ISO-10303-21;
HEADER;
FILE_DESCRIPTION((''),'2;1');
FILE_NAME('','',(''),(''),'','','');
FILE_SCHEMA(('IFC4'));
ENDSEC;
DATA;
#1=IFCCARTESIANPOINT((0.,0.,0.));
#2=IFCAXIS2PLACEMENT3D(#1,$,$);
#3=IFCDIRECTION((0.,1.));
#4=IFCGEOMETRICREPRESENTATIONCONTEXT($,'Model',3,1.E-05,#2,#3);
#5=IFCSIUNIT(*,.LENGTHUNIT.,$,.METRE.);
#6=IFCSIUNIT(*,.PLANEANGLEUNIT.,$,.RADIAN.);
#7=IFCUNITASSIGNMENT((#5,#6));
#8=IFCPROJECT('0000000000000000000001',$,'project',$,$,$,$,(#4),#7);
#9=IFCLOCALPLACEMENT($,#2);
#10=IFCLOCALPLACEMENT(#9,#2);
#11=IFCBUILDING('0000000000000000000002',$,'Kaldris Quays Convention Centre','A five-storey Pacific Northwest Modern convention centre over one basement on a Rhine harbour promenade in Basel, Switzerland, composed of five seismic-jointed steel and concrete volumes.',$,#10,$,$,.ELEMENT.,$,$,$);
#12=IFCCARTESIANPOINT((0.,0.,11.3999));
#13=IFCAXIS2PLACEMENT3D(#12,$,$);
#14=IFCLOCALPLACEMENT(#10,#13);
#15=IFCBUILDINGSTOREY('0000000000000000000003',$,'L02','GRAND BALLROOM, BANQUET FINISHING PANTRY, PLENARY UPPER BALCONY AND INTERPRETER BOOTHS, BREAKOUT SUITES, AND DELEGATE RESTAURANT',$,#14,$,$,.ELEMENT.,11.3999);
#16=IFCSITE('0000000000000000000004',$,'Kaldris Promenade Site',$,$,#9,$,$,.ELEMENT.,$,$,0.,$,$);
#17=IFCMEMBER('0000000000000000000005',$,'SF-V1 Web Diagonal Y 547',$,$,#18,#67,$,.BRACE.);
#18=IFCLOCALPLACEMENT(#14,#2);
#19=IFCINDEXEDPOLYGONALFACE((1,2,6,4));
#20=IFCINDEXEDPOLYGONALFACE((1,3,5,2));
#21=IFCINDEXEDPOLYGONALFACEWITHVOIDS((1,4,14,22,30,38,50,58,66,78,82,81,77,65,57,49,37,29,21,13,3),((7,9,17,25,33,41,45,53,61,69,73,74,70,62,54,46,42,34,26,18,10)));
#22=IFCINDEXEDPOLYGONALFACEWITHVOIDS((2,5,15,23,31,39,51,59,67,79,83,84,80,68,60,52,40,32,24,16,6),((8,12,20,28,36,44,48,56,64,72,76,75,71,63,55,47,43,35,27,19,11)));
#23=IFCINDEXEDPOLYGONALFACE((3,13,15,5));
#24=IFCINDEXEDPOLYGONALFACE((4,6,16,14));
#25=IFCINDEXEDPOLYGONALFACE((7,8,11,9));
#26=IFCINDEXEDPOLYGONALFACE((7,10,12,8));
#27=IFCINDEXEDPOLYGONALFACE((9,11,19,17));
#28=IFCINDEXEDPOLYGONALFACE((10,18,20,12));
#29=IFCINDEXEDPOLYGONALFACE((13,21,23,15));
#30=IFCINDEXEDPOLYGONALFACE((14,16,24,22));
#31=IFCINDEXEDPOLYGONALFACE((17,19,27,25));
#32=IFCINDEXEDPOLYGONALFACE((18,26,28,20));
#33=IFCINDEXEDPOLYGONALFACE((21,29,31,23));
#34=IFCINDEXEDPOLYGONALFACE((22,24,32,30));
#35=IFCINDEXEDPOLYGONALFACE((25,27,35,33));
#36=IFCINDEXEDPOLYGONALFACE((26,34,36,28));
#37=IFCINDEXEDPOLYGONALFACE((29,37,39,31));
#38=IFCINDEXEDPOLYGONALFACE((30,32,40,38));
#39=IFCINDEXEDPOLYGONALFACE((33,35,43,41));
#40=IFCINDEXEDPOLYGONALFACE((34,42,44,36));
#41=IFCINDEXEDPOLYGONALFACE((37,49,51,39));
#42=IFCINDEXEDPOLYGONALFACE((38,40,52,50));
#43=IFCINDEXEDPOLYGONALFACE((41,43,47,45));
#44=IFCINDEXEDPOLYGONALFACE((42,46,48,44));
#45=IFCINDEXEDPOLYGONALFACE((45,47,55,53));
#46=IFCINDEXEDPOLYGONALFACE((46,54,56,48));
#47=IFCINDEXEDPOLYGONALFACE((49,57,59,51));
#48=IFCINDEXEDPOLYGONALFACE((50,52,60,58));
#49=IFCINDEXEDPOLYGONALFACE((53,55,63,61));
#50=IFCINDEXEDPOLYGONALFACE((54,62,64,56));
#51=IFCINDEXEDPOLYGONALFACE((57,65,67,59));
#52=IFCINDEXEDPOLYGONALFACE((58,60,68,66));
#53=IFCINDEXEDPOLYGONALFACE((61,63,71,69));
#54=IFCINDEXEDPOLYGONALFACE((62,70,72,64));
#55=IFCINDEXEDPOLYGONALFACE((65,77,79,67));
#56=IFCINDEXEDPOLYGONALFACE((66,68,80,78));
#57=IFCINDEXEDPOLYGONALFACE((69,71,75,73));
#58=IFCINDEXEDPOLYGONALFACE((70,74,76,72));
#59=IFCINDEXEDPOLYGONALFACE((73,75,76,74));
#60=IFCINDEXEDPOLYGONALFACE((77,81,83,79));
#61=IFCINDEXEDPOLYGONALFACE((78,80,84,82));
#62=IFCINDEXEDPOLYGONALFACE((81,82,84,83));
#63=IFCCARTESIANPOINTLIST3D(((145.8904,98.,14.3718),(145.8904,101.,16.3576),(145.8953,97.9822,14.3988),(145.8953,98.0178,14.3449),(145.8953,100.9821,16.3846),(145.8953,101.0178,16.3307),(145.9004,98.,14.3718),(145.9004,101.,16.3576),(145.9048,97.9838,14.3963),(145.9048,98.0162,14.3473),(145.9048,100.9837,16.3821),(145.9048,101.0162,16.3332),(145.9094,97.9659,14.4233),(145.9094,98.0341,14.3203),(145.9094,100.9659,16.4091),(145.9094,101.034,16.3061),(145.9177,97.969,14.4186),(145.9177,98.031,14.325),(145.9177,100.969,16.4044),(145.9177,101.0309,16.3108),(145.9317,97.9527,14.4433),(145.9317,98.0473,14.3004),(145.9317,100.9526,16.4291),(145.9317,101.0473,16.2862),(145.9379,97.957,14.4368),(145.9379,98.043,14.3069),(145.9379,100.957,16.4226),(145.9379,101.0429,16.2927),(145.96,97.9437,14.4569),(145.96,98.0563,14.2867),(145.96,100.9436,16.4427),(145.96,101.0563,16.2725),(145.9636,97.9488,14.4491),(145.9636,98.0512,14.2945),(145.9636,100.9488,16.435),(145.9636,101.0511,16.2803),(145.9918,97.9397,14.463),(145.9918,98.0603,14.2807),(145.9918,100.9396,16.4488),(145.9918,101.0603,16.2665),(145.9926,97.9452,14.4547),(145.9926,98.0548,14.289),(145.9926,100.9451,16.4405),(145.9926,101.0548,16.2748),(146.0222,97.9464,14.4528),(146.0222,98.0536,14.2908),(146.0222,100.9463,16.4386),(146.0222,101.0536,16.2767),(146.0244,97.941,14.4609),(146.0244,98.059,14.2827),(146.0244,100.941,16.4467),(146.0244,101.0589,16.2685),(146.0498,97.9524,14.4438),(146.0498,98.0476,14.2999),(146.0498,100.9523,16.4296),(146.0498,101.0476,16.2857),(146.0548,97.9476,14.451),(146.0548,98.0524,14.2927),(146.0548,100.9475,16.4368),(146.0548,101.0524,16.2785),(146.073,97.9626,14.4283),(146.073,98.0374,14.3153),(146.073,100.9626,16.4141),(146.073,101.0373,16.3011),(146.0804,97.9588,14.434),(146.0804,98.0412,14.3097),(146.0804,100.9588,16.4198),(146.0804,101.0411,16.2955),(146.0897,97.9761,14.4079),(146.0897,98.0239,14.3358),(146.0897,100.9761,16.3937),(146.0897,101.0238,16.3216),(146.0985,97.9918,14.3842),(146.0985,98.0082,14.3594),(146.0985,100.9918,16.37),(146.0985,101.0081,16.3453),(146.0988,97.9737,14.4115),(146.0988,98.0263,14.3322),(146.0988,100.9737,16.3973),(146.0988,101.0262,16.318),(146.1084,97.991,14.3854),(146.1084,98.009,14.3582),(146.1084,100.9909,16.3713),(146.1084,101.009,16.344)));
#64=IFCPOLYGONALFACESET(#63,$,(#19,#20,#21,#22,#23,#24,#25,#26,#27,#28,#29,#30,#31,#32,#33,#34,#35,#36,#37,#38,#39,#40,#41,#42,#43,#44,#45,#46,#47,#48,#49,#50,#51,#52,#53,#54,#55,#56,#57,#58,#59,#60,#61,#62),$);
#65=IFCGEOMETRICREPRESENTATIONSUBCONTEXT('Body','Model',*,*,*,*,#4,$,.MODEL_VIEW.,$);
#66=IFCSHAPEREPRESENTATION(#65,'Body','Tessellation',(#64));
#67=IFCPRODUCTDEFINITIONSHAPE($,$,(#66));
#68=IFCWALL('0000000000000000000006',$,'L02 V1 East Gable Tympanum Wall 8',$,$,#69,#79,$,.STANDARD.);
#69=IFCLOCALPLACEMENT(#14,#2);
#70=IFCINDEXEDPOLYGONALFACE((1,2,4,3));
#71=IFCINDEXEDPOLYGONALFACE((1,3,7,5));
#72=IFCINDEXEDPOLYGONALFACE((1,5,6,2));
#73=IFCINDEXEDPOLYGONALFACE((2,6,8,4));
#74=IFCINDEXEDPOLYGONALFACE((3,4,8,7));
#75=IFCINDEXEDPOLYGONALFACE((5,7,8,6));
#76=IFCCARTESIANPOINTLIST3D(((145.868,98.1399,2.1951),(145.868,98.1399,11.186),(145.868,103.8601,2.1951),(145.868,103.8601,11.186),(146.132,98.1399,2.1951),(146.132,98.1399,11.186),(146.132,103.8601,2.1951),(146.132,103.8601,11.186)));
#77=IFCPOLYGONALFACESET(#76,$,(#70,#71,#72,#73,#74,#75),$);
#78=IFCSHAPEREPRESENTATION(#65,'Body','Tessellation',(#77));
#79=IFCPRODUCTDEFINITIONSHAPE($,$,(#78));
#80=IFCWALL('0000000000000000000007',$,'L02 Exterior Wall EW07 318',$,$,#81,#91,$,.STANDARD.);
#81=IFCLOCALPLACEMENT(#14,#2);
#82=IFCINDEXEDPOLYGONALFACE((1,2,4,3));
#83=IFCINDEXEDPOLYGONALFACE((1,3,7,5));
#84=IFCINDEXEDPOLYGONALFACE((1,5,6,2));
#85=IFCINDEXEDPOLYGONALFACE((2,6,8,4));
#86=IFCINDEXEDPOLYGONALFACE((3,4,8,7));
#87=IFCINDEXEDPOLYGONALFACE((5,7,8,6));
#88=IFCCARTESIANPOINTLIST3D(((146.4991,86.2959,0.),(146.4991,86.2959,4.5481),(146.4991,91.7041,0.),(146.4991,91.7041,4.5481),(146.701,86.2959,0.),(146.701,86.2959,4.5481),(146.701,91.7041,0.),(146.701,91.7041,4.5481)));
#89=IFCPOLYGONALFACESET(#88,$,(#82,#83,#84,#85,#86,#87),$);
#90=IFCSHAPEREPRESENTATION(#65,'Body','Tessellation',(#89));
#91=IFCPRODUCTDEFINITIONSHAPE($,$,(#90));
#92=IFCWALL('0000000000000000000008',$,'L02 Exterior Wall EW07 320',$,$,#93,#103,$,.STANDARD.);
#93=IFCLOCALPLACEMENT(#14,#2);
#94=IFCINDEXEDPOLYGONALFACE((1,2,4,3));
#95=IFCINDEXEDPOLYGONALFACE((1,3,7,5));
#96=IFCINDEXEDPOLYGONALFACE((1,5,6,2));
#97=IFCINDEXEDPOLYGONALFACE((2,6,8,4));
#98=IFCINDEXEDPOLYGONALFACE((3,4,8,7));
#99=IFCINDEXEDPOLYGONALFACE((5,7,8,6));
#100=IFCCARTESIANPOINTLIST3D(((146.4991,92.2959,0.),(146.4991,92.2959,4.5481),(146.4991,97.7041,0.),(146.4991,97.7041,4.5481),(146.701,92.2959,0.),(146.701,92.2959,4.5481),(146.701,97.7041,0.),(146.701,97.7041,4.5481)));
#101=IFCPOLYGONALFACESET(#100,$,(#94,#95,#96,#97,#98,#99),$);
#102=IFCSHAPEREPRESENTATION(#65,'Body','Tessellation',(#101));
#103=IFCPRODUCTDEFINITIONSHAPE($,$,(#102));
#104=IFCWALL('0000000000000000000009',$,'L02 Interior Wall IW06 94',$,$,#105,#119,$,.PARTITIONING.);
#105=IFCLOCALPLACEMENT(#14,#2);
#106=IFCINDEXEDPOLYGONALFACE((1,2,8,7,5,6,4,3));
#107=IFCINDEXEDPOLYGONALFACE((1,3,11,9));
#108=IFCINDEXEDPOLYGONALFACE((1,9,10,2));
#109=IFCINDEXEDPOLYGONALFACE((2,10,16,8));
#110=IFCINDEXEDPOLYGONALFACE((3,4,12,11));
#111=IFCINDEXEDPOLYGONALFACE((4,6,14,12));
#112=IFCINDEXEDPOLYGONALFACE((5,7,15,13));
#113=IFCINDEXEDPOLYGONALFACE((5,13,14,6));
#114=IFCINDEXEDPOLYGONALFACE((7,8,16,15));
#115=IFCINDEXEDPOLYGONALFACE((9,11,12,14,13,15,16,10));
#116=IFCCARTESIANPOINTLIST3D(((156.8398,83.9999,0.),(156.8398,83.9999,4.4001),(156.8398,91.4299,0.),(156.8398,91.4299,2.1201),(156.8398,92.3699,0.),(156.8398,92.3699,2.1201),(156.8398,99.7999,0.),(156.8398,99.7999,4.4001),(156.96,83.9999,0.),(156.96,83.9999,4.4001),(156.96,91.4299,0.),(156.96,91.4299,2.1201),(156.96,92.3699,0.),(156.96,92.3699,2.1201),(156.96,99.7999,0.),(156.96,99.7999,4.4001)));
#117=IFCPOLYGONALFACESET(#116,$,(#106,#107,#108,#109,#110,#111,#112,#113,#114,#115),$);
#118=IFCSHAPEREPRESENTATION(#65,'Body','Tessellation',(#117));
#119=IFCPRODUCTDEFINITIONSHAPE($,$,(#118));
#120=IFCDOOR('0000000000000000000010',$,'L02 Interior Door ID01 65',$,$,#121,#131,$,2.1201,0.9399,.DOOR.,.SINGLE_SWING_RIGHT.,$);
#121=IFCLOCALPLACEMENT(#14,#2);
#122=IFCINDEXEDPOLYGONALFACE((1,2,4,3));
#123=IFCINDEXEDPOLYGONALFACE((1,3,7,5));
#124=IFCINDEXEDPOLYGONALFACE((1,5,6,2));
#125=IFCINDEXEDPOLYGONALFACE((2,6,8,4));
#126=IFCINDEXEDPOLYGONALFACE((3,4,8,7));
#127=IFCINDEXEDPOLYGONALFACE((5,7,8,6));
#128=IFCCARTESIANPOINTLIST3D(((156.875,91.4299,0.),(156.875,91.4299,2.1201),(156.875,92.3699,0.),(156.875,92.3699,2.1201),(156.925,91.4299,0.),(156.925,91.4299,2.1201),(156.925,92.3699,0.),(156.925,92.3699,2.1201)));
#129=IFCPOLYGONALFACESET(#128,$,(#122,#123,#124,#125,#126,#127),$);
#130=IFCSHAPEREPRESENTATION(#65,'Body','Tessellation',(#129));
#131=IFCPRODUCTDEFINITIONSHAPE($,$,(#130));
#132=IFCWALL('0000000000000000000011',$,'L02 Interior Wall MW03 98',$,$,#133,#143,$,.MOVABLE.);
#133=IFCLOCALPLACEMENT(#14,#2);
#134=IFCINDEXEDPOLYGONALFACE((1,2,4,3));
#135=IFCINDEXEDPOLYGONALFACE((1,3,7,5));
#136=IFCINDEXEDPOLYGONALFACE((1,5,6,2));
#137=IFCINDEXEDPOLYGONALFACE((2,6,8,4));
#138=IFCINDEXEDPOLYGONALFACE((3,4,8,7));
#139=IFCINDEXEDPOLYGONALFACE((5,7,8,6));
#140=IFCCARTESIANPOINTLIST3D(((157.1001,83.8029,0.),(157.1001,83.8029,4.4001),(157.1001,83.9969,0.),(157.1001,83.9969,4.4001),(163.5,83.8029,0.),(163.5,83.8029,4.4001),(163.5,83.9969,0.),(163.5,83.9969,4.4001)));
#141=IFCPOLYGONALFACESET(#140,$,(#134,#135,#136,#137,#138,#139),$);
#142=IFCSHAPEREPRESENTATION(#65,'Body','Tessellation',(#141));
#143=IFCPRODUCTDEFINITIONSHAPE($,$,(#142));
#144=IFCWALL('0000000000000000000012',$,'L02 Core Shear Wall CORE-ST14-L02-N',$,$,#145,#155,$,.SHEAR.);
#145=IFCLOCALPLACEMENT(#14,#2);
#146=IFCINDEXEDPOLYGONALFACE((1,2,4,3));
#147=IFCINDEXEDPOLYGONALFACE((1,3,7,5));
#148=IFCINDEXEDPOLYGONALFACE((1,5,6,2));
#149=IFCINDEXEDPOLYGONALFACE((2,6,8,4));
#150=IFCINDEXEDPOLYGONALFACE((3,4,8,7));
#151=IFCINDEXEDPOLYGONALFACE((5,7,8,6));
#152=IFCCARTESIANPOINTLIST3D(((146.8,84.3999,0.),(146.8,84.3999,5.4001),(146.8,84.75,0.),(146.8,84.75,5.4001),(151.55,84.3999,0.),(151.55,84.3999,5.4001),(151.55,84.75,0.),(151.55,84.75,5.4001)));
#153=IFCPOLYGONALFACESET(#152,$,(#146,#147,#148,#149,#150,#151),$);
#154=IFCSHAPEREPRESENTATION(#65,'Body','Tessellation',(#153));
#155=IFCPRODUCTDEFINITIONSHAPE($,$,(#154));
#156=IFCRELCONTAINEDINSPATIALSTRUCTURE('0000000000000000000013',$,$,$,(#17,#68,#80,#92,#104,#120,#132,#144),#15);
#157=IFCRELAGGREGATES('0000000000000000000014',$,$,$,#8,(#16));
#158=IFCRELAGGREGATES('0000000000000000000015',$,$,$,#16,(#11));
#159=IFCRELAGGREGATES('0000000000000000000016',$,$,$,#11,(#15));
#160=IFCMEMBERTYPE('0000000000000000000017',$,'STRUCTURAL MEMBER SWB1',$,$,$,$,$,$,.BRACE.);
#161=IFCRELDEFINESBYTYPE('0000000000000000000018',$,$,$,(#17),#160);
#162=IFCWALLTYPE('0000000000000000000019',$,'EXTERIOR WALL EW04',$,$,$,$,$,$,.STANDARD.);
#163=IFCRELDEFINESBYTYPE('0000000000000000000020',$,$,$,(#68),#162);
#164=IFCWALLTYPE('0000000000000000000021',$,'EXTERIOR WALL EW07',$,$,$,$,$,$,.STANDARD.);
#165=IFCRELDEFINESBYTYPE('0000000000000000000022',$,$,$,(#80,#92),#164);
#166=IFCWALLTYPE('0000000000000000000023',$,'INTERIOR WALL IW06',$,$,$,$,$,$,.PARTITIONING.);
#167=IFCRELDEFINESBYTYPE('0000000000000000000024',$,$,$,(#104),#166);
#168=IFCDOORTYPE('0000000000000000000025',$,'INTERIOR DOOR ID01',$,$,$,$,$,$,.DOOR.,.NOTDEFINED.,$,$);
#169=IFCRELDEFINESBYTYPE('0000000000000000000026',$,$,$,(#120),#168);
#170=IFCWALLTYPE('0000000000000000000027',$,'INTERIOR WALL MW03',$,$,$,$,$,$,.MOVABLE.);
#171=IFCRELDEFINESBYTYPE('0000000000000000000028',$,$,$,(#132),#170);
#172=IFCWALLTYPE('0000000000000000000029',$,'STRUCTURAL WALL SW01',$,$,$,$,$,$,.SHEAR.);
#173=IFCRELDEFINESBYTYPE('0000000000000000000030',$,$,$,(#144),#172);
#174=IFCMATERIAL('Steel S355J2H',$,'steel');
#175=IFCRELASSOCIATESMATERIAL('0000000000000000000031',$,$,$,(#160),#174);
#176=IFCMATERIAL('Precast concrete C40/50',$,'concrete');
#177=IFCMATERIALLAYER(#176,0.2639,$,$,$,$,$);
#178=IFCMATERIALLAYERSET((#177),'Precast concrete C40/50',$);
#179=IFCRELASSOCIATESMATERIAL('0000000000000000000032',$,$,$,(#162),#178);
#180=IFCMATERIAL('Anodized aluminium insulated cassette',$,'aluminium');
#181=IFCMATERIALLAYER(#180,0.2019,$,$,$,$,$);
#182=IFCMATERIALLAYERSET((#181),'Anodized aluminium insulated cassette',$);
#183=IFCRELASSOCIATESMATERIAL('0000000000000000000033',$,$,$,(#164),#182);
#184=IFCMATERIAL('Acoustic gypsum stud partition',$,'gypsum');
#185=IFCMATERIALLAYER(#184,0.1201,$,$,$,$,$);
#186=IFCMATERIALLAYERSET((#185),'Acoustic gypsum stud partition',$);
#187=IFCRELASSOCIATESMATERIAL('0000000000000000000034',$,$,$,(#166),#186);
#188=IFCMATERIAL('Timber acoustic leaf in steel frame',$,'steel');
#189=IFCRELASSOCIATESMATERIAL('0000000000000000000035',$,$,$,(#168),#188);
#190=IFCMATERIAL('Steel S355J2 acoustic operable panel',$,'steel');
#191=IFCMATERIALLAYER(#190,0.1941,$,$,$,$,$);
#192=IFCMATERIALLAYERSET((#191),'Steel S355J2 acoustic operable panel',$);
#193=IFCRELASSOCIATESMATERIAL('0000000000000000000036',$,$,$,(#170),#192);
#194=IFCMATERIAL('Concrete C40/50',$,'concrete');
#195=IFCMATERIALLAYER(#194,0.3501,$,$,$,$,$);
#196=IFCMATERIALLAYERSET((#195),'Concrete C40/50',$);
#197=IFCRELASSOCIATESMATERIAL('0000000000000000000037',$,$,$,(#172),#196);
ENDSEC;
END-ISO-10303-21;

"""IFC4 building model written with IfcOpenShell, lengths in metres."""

from ifc_helpers import new_model, si_unit, direction, frame, frame_2d, origin, origin_2d, place, context, subcontext, project, spatial, rectangle, hollow_circle, extrude, material, layer, layer_set, material_profile, profile_set, type_object, element, fill, save


model = new_model("IFC4")

# Units and contexts
model_context = context("Model", 3, precision=1e-05, world=origin(), true_north=direction((0.0, 1.0)))
body_context = subcontext(model_context, "Body", "Model", "MODEL_VIEW")
ifc_project = project(units=[si_unit("LENGTHUNIT", "METRE"), si_unit("PLANEANGLEUNIT", "RADIAN")], contexts=[model_context])

# Site, building, storey
site_placement = place(None, origin())
site = spatial("IfcSite", under=ifc_project, at=site_placement, Name="Kaldris Promenade Site", CompositionType="ELEMENT", RefElevation=0.0)
building_placement = place(site_placement, origin())
building = spatial("IfcBuilding", under=site, at=building_placement, Name="Kaldris Quays Convention Centre", Description="A five-storey Pacific Northwest Modern convention centre over one basement on a Rhine harbour promenade in Basel, Switzerland, composed of five seismic-jointed steel and concrete volumes.", CompositionType="ELEMENT")
storey_placement = place(building_placement, frame((0.0, 0.0, 11.3999)))
storey = spatial("IfcBuildingStorey", under=building, at=storey_placement, Name="L02", Description="GRAND BALLROOM, BANQUET FINISHING PANTRY, PLENARY UPPER BALCONY AND INTERPRETER BOOTHS, BREAKOUT SUITES, AND DELEGATE RESTAURANT", CompositionType="ELEMENT", Elevation=11.3999)

# Member
ifc_material_1 = material(Name="Steel S355J2H", Category="steel")
ifc_material_profile_1 = material_profile(ifc_material_1, hollow_circle(Radius=0.1096, WallThickness=0.01, at=origin_2d()), Name="CHS 219.1x10")
ifc_profile_set_1 = profile_set([ifc_material_profile_1], Name="Steel S355J2H")
member_type_1 = type_object("IfcMemberType", Name="STRUCTURAL MEMBER SWB1", PredefinedType="BRACE", material=ifc_profile_set_1)
member_1_placement = place(storey_placement, frame((146.0, 98.0, 14.3718), z_axis=(0.0, 0.833862, 0.551972), x_axis=(-1.0, 0.0, 0.0)))
element("IfcMember", 1, at=member_1_placement, inside=storey, type_object=member_type_1, Name="SF-V1 Web Diagonal Y 547", PredefinedType="BRACE", context=body_context, shape_type="SweptSolid", body=[
    extrude(hollow_circle(Radius=0.1096, WallThickness=0.01, at=origin_2d()), origin(), (0.0, 0.0, 1.0), 3.5977),
])

# Walls
ifc_material_2 = material(Name="Precast concrete C40/50", Category="concrete")
ifc_layer_1 = layer(ifc_material_2, 0.2639)
ifc_layer_set_1 = layer_set([ifc_layer_1], Name="Precast concrete C40/50")
wall_type_1 = type_object("IfcWallType", Name="EXTERIOR WALL EW04", PredefinedType="STANDARD", material=ifc_layer_set_1)
wall_1_placement = place(storey_placement, frame((146.0, 98.1399, 2.1951), z_axis=(0.0, 0.0, 1.0), x_axis=(0.0, 1.0, 0.0)))
element("IfcWall", 2, at=wall_1_placement, inside=storey, type_object=wall_type_1, Name="L02 V1 East Gable Tympanum Wall 8", PredefinedType="STANDARD", context=body_context, shape_type="SweptSolid", body=[
    extrude(rectangle(XDim=5.7202, YDim=0.2639, at=frame_2d((2.8601, 0.0))), origin(), (0.0, 0.0, 1.0), 8.991),
])
ifc_material_3 = material(Name="Anodized aluminium insulated cassette", Category="aluminium")
ifc_layer_2 = layer(ifc_material_3, 0.2019)
ifc_layer_set_2 = layer_set([ifc_layer_2], Name="Anodized aluminium insulated cassette")
wall_type_2 = type_object("IfcWallType", Name="EXTERIOR WALL EW07", PredefinedType="STANDARD", material=ifc_layer_set_2)
for number, where, z_axis, x_axis, name in (
    (3, (146.6001, 86.2959, 0.0), (0.0, 0.0, 1.0), (0.0, 1.0, 0.0), "L02 Exterior Wall EW07 318"),
    (4, (146.6001, 92.2959, 0.0), (0.0, 0.0, 1.0), (0.0, 1.0, 0.0), "L02 Exterior Wall EW07 320"),
):
    element("IfcWall", number, at=place(storey_placement, frame(where, z_axis=z_axis, x_axis=x_axis)), inside=storey, type_object=wall_type_2, Name=name, PredefinedType="STANDARD", context=body_context, shape_type="SweptSolid", body=[
        extrude(rectangle(XDim=5.4082, YDim=0.2019, at=frame_2d((2.7041, 0.0))), origin(), (0.0, 0.0, 1.0), 4.5481),
    ])

# Wall, opening, door
ifc_material_4 = material(Name="Acoustic gypsum stud partition", Category="gypsum")
ifc_layer_3 = layer(ifc_material_4, 0.1201)
ifc_layer_set_3 = layer_set([ifc_layer_3], Name="Acoustic gypsum stud partition")
wall_type_3 = type_object("IfcWallType", Name="INTERIOR WALL IW06", PredefinedType="PARTITIONING", material=ifc_layer_set_3)
wall_2_placement = place(storey_placement, frame((156.8999, 84.0, 0.0), z_axis=(0.0, 0.0, 1.0), x_axis=(0.0, 1.0, 0.0)))
wall_2 = element("IfcWall", 5, at=wall_2_placement, inside=storey, type_object=wall_type_3, Name="L02 Interior Wall IW06 94", PredefinedType="PARTITIONING", context=body_context, shape_type="SweptSolid", body=[
    extrude(rectangle(XDim=15.8, YDim=0.1201, at=frame_2d((7.8999, 0.0))), origin(), (0.0, 0.0, 1.0), 4.4001),
])
opening_placement = place(wall_2_placement, frame((7.4299, 0.0, 0.0)))
opening = element("IfcOpeningElement", 6, at=opening_placement, cuts=wall_2, PredefinedType="OPENING", context=body_context, shape_type="SweptSolid", body=[
    extrude(rectangle(XDim=0.9399, YDim=2.1201, at=frame_2d((0.47, 1.0601))), frame((0.0, 0.0701, 0.0), z_axis=(0.0, -1.0, 0.0), x_axis=(1.0, 0.0, 0.0)), (0.0, 0.0, 1.0), 0.1401),
])
ifc_material_5 = material(Name="Timber acoustic leaf in steel frame", Category="steel")
door_type = type_object("IfcDoorType", Name="INTERIOR DOOR ID01", OperationType="NOTDEFINED", PredefinedType="DOOR", material=ifc_material_5)
door_placement = place(opening_placement, origin())
door = element("IfcDoor", 7, at=door_placement, inside=storey, type_object=door_type, Name="L02 Interior Door ID01 65", OperationType="SINGLE_SWING_RIGHT", OverallHeight=2.1201, OverallWidth=0.9399, PredefinedType="DOOR", context=body_context, shape_type="SweptSolid", body=[
    extrude(rectangle(XDim=0.9399, YDim=2.1201, at=frame_2d((0.47, 1.0601))), frame((0.0, 0.0249, 0.0), z_axis=(0.0, -1.0, 0.0), x_axis=(1.0, 0.0, 0.0)), (0.0, 0.0, 1.0), 0.05),
])
fill(opening, door)

# Walls
ifc_material_6 = material(Name="Steel S355J2 acoustic operable panel", Category="steel")
ifc_layer_4 = layer(ifc_material_6, 0.1941)
ifc_layer_set_4 = layer_set([ifc_layer_4], Name="Steel S355J2 acoustic operable panel")
wall_type_4 = type_object("IfcWallType", Name="INTERIOR WALL MW03", PredefinedType="MOVABLE", material=ifc_layer_set_4)
wall_3_placement = place(storey_placement, frame((157.1001, 83.8999, 0.0), z_axis=(0.0, 0.0, 1.0), x_axis=(1.0, 0.0, 0.0)))
element("IfcWall", 8, at=wall_3_placement, inside=storey, type_object=wall_type_4, Name="L02 Interior Wall MW03 98", PredefinedType="MOVABLE", context=body_context, shape_type="SweptSolid", body=[
    extrude(rectangle(XDim=6.3999, YDim=0.1941, at=frame_2d((3.2, 0.0))), origin(), (0.0, 0.0, 1.0), 4.4001),
])
ifc_material_7 = material(Name="Concrete C40/50", Category="concrete")
ifc_layer_5 = layer(ifc_material_7, 0.3501)
ifc_layer_set_5 = layer_set([ifc_layer_5], Name="Concrete C40/50")
wall_type_5 = type_object("IfcWallType", Name="STRUCTURAL WALL SW01", PredefinedType="SHEAR", material=ifc_layer_set_5)
wall_4_placement = place(storey_placement, frame((146.8, 84.575, 0.0), z_axis=(0.0, 0.0, 1.0), x_axis=(1.0, 0.0, 0.0)))
element("IfcWall", 9, at=wall_4_placement, inside=storey, type_object=wall_type_5, Name="L02 Core Shear Wall CORE-ST14-L02-N", PredefinedType="SHEAR", context=body_context, shape_type="SweptSolid", body=[
    extrude(rectangle(XDim=4.75, YDim=0.3501, at=frame_2d((2.375, 0.0))), origin(), (0.0, 0.0, 1.0), 5.4001),
])

save(model, "model.ifc")
